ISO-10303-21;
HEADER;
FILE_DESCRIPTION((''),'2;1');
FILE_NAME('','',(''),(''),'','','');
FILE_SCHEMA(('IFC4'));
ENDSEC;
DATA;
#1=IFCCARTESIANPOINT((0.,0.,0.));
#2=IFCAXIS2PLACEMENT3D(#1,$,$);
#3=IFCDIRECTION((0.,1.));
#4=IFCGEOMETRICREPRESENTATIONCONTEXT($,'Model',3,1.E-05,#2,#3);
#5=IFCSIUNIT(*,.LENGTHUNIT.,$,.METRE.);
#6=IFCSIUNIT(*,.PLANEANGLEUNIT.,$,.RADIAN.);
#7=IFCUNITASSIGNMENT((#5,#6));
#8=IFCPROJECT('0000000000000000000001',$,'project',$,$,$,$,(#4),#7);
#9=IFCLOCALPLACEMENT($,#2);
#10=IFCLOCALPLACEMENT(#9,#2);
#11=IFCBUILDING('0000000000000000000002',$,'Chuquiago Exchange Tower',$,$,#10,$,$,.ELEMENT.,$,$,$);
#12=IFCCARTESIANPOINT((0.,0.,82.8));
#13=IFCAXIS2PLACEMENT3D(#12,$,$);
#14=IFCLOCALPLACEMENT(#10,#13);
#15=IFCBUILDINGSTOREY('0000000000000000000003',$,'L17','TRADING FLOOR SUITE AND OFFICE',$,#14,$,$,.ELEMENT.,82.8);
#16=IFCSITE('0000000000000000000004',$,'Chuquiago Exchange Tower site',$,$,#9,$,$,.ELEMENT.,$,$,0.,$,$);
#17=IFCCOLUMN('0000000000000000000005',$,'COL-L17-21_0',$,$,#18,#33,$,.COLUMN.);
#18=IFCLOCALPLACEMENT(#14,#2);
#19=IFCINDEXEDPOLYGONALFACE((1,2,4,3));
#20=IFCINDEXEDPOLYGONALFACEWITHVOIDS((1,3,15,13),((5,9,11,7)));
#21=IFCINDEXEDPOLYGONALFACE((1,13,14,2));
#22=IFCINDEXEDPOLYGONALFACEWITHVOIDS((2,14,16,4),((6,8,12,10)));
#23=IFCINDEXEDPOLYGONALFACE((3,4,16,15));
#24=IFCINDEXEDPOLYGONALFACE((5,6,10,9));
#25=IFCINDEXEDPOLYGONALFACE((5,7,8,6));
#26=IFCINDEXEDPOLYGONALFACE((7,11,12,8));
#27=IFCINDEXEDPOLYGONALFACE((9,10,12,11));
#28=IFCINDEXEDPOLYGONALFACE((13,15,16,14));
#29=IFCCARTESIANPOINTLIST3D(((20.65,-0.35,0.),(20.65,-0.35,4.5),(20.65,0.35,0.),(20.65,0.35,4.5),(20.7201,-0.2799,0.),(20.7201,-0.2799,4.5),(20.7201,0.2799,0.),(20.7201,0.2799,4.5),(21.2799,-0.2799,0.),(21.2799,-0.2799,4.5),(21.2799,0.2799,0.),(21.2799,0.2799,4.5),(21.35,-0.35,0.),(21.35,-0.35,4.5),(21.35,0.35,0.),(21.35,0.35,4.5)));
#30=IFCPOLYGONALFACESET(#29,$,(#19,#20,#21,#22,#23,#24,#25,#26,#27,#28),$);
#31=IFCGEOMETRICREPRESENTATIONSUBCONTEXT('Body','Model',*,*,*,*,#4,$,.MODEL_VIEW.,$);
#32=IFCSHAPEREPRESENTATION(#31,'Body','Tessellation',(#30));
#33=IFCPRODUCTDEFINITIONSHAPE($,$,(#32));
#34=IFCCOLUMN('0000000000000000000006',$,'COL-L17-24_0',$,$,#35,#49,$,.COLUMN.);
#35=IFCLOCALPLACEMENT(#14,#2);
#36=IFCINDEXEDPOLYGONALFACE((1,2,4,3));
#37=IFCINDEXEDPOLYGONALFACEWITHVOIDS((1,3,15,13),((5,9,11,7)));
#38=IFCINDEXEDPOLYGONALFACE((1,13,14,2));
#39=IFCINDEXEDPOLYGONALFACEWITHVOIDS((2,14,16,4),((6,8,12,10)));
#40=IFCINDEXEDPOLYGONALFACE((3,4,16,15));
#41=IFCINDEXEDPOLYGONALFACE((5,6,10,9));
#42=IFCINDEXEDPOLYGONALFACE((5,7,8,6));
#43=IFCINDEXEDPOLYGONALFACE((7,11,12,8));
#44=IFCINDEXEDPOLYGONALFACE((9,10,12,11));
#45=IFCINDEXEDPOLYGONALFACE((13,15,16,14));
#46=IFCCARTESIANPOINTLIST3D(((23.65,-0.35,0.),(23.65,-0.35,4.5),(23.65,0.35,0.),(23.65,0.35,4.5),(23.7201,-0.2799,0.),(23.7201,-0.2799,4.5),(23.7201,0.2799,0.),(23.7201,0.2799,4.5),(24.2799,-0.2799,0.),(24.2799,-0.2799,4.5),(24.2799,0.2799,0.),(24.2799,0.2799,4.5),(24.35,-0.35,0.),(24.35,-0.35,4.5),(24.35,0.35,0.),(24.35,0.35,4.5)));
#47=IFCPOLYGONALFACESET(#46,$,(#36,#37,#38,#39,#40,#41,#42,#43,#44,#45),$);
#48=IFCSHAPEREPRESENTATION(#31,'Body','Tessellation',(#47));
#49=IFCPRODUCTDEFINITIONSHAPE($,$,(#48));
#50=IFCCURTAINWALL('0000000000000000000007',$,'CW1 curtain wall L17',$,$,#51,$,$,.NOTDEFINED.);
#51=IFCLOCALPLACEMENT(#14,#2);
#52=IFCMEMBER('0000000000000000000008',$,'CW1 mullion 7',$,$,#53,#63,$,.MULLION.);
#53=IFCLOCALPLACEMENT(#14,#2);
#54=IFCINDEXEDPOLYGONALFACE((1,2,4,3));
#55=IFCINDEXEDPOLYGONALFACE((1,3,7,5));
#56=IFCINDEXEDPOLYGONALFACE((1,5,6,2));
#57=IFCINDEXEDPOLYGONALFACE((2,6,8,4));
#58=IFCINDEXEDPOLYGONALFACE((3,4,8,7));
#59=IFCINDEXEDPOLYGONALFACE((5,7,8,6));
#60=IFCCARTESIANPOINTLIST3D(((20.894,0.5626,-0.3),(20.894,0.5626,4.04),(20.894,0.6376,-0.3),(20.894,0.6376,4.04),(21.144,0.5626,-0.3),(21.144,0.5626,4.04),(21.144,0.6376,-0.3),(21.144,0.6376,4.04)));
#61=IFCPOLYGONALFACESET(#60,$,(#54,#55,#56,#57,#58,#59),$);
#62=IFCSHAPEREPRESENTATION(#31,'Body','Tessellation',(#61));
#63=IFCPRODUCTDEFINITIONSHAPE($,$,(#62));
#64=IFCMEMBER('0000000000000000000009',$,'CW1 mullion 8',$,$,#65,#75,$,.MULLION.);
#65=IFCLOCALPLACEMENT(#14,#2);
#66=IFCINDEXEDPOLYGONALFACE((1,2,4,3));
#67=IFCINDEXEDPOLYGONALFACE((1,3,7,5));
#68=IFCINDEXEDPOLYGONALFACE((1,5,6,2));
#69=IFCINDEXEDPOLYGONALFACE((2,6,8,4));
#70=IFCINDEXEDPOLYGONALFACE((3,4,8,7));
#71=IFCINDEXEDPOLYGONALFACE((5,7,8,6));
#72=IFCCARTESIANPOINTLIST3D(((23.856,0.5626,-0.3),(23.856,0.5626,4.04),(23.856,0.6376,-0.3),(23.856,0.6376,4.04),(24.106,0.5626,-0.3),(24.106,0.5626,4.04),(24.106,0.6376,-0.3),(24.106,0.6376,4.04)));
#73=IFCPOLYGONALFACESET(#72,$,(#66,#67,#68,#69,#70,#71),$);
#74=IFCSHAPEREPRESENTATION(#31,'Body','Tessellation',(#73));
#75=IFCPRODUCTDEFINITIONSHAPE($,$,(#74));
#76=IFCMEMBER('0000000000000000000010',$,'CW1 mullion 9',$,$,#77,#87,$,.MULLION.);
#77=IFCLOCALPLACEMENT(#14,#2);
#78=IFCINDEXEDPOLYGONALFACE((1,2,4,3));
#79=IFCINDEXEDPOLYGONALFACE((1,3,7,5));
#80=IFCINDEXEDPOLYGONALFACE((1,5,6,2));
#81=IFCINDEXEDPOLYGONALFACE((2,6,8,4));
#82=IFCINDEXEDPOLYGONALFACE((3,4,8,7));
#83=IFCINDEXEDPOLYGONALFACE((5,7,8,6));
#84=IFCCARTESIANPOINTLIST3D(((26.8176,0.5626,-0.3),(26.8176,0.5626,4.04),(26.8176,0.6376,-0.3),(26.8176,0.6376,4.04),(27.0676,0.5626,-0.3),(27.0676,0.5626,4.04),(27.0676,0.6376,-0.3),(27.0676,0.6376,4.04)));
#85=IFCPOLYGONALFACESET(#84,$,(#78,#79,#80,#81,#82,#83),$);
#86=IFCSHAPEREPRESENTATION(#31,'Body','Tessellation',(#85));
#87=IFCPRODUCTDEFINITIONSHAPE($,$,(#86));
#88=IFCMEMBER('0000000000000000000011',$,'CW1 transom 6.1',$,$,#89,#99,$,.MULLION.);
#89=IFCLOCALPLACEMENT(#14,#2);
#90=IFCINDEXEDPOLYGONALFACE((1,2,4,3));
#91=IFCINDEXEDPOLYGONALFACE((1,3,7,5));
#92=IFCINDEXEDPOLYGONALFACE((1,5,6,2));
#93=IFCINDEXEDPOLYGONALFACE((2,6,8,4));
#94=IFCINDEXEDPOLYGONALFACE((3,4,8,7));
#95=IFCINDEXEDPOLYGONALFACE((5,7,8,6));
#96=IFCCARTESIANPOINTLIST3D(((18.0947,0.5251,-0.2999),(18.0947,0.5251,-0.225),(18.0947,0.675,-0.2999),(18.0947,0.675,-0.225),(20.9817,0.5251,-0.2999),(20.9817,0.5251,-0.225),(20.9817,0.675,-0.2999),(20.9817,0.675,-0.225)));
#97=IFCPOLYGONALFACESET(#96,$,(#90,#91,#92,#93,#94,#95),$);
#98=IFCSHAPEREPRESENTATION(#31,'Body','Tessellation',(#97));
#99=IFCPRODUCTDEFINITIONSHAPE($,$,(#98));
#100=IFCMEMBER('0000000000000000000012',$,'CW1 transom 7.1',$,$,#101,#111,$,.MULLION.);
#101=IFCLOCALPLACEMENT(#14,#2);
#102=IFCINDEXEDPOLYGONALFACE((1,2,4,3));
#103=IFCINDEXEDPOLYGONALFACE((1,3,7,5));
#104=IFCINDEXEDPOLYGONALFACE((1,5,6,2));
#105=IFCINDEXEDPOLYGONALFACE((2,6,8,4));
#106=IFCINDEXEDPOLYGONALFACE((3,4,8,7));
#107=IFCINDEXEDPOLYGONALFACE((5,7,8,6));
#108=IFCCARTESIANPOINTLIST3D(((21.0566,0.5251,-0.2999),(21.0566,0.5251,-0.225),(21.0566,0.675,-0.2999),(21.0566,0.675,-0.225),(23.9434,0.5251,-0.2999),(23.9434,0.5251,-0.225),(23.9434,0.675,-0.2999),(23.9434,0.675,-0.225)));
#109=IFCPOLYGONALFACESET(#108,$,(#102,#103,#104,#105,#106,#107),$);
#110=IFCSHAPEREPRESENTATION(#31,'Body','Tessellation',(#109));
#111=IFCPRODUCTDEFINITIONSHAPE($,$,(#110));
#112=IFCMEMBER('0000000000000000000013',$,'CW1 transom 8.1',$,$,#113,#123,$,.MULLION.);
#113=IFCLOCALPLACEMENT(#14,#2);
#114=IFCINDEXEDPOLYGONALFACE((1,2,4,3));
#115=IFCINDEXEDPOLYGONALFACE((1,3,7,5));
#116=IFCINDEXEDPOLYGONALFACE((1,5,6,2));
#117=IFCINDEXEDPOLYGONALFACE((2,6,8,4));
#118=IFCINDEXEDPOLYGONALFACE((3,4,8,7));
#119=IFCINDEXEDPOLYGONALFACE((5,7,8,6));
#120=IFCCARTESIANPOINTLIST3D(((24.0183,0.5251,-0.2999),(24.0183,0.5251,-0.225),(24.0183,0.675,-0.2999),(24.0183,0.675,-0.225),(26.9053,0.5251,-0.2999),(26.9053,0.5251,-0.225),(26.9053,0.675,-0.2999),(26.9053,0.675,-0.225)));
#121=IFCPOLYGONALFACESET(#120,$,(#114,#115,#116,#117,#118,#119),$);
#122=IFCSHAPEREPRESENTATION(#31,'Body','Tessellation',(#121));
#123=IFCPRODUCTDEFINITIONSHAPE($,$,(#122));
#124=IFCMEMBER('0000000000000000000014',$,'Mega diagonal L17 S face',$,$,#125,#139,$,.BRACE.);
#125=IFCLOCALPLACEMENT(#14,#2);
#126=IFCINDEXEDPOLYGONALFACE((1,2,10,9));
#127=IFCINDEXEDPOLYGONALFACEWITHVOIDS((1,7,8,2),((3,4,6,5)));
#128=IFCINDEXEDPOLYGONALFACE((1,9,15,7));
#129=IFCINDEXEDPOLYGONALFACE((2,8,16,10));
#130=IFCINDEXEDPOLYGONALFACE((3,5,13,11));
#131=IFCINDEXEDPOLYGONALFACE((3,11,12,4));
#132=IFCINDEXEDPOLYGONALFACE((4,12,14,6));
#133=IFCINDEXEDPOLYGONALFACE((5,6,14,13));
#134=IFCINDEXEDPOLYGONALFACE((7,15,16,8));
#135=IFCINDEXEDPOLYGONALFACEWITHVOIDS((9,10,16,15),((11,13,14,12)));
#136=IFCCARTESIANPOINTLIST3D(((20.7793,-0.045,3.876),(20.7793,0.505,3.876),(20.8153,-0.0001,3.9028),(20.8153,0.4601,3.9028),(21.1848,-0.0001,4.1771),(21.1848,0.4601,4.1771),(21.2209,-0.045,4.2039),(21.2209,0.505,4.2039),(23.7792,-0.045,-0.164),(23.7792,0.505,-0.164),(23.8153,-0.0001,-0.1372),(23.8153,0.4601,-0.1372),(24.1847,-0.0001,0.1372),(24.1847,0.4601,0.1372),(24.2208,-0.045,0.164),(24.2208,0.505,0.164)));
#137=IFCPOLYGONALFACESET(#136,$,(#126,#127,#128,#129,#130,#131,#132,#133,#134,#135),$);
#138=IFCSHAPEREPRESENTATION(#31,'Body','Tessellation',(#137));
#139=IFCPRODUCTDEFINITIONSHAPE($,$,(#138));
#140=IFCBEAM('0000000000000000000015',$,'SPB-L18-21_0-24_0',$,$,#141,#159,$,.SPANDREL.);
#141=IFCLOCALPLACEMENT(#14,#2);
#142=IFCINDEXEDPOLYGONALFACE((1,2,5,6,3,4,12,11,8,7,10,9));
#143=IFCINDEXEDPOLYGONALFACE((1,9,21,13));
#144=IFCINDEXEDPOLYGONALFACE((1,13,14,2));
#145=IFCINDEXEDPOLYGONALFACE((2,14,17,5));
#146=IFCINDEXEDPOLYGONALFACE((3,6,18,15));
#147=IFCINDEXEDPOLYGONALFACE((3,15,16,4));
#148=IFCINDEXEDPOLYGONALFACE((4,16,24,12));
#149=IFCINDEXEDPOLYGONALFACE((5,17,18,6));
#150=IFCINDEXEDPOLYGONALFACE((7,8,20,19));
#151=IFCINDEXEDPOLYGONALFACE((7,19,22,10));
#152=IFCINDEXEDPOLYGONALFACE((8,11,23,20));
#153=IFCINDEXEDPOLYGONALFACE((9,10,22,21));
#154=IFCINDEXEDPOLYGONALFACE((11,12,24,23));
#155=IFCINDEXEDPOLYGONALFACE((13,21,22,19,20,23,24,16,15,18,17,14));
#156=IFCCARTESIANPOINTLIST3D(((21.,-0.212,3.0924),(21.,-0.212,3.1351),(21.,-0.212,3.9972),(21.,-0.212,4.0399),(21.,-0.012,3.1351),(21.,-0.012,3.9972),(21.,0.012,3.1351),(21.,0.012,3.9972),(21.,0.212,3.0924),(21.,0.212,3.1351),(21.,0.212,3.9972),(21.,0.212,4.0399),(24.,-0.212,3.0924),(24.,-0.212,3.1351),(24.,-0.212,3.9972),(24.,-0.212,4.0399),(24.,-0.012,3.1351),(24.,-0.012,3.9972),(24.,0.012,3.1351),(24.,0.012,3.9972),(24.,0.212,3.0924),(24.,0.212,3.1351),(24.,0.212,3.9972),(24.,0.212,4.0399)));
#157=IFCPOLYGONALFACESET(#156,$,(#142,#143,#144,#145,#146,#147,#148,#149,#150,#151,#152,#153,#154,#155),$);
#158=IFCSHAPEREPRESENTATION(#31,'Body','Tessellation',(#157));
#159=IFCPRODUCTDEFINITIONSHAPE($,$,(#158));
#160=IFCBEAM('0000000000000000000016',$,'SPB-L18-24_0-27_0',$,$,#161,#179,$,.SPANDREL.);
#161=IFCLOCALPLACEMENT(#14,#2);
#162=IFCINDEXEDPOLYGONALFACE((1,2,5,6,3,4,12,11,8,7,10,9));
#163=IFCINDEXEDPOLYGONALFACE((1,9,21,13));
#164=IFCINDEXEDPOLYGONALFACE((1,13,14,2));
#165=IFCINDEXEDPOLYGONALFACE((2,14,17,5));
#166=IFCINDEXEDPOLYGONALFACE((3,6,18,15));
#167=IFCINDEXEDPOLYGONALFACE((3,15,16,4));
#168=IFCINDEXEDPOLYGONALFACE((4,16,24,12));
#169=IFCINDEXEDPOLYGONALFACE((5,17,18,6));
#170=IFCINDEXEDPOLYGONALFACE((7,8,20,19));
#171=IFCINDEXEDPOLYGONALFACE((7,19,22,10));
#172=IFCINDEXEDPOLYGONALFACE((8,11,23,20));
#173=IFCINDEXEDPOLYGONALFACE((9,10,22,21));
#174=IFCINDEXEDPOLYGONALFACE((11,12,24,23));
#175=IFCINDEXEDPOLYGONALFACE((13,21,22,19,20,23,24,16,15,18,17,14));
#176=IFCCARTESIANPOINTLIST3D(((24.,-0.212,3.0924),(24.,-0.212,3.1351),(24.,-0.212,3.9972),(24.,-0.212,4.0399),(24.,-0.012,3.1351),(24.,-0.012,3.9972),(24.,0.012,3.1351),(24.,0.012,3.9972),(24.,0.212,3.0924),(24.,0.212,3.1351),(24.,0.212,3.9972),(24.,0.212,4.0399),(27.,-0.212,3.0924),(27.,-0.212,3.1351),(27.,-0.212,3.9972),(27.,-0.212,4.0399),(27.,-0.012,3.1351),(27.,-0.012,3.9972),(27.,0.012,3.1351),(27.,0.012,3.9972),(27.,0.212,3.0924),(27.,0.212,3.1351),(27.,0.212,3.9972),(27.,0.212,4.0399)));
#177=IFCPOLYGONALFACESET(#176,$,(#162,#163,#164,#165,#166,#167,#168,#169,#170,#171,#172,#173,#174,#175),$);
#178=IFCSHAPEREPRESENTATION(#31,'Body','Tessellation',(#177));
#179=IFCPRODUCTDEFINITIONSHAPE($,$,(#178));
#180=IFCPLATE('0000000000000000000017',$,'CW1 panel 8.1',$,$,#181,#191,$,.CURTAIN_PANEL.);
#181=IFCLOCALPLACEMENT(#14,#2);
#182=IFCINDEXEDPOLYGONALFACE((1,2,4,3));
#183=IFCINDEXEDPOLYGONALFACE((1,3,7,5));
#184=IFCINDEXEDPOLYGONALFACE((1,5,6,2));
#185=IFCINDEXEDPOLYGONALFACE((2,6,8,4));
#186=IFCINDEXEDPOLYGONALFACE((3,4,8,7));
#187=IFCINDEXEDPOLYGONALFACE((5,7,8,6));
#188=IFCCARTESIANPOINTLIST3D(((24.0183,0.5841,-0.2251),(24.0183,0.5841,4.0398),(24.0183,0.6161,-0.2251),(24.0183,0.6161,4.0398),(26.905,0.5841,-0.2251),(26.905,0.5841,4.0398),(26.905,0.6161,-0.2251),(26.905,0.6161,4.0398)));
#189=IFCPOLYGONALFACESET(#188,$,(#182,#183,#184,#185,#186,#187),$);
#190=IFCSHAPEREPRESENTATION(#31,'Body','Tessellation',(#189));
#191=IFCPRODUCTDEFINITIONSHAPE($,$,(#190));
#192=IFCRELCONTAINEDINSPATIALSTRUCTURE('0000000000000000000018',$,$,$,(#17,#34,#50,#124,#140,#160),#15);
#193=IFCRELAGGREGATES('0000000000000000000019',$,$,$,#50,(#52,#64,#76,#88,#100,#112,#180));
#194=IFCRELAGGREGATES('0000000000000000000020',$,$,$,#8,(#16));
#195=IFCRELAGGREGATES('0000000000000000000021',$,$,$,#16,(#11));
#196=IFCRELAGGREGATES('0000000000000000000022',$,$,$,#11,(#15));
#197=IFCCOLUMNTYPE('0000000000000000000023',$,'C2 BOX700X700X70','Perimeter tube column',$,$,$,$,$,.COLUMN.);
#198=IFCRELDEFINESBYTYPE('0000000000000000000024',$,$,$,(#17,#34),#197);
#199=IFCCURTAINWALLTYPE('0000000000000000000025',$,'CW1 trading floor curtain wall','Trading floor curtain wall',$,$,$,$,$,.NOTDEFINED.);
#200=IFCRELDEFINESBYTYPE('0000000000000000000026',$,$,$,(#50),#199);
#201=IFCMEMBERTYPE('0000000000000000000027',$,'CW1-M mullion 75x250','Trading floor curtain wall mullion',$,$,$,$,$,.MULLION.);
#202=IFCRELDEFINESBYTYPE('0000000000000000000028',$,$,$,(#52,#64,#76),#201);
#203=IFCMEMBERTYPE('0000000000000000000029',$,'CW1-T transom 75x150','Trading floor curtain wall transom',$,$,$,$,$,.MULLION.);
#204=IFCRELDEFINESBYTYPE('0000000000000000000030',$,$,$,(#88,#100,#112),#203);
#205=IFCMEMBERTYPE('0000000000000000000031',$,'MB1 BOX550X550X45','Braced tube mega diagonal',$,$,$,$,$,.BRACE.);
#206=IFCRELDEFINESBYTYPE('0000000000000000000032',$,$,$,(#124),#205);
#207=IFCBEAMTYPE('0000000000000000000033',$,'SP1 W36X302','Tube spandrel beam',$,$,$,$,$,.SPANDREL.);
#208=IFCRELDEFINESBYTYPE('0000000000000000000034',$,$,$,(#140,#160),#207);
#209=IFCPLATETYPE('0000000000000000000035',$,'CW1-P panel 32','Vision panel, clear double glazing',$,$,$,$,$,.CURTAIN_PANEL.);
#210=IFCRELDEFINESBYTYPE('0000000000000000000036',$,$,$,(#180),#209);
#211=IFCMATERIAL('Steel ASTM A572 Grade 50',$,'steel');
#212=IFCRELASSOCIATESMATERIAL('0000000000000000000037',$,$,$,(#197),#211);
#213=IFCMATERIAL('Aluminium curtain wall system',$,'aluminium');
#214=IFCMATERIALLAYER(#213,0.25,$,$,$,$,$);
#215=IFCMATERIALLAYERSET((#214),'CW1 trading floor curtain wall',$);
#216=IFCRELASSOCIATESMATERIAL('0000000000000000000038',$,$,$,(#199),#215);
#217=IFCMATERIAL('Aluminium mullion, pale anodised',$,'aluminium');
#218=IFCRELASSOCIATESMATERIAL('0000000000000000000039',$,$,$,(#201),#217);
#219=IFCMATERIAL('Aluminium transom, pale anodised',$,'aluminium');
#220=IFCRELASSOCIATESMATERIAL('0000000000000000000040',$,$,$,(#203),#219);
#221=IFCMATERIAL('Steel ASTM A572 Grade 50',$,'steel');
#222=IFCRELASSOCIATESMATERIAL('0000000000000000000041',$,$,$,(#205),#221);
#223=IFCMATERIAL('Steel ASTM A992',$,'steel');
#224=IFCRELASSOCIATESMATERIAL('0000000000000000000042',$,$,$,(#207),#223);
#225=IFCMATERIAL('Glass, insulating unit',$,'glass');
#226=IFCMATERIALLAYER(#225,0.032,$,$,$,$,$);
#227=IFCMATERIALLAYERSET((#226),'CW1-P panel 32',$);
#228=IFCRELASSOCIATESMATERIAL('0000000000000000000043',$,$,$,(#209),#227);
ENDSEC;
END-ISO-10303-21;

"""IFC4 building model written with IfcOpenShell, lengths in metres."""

from ifc_helpers import new_model, si_unit, direction, frame, origin, origin_2d, place, context, subcontext, project, spatial, rectangle, hollow_rectangle, i_section, extrude, material, layer, layer_set, material_profile, profile_set, type_object, element, aggregate, save


model = new_model("IFC4")

# Units and contexts
model_context = context("Model", 3, precision=1e-05, world=origin(), true_north=direction((0.0, 1.0)))
body_context = subcontext(model_context, "Body", "Model", "MODEL_VIEW")
ifc_project = project(units=[si_unit("LENGTHUNIT", "METRE"), si_unit("PLANEANGLEUNIT", "RADIAN")], contexts=[model_context])

# Site, building, storey
site_placement = place(None, origin())
site = spatial("IfcSite", under=ifc_project, at=site_placement, Name="Chuquiago Exchange Tower site", CompositionType="ELEMENT", RefElevation=0.0)
building_placement = place(site_placement, origin())
building = spatial("IfcBuilding", under=site, at=building_placement, Name="Chuquiago Exchange Tower", CompositionType="ELEMENT")
storey_placement = place(building_placement, frame((0.0, 0.0, 82.8)))
storey = spatial("IfcBuildingStorey", under=building, at=storey_placement, Name="L17", Description="TRADING FLOOR SUITE AND OFFICE", CompositionType="ELEMENT", Elevation=82.8)

# Columns
ifc_material_1 = material(Name="Steel ASTM A572 Grade 50", Category="steel")
ifc_material_profile_1 = material_profile(ifc_material_1, hollow_rectangle(XDim=0.7, YDim=0.7, WallThickness=0.0701, at=origin_2d()), Name="BOX700X700X70")
ifc_profile_set_1 = profile_set([ifc_material_profile_1], Name="Steel ASTM A572 Grade 50")
column_type = type_object("IfcColumnType", Name="C2 BOX700X700X70", Description="Perimeter tube column", PredefinedType="COLUMN", material=ifc_profile_set_1)
for number, where, z_axis, x_axis, name in (
    (1, (21.0, 0.0, 0.0), (0.0, 0.0, 1.0), (0.0, -1.0, 0.0), "COL-L17-21_0"),
    (2, (24.0, 0.0, 0.0), (0.0, 0.0, 1.0), (0.0, -1.0, 0.0), "COL-L17-24_0"),
):
    element("IfcColumn", number, at=place(storey_placement, frame(where, z_axis=z_axis, x_axis=x_axis)), inside=storey, type_object=column_type, Name=name, PredefinedType="COLUMN", context=body_context, shape_type="SweptSolid", body=[
        extrude(hollow_rectangle(XDim=0.7, YDim=0.7, WallThickness=0.0701, at=origin_2d()), origin(), (0.0, 0.0, 1.0), 4.5),
    ])

# Curtain wall, members
ifc_material_2 = material(Name="Aluminium curtain wall system", Category="aluminium")
ifc_layer_1 = layer(ifc_material_2, 0.25)
ifc_layer_set_1 = layer_set([ifc_layer_1], Name="CW1 trading floor curtain wall")
curtain_wall_type = type_object("IfcCurtainWallType", Name="CW1 trading floor curtain wall", Description="Trading floor curtain wall", PredefinedType="NOTDEFINED", material=ifc_layer_set_1)
curtain_wall_placement = place(storey_placement, origin())
curtain_wall = element("IfcCurtainWall", 3, at=curtain_wall_placement, inside=storey, type_object=curtain_wall_type, Name="CW1 curtain wall L17", PredefinedType="NOTDEFINED")
ifc_material_3 = material(Name="Aluminium mullion, pale anodised", Category="aluminium")
ifc_material_profile_2 = material_profile(ifc_material_3, rectangle(XDim=0.075, YDim=0.25, at=origin_2d()), Name="AL 75x250")
ifc_profile_set_2 = profile_set([ifc_material_profile_2], Name="Aluminium mullion, pale anodised")
member_type_1 = type_object("IfcMemberType", Name="CW1-M mullion 75x250", Description="Trading floor curtain wall mullion", PredefinedType="MULLION", material=ifc_profile_set_2)
member_1_placement = place(storey_placement, frame((21.019, 0.6001, -0.3), z_axis=(0.0, 0.0, 1.0), x_axis=(0.0, 1.0, 0.0)))
member_1 = element("IfcMember", 4, at=member_1_placement, type_object=member_type_1, Name="CW1 mullion 7", PredefinedType="MULLION", context=body_context, shape_type="SweptSolid", body=[
    extrude(rectangle(XDim=0.075, YDim=0.25, at=origin_2d()), origin(), (0.0, 0.0, 1.0), 4.3401),
])
member_2_placement = place(storey_placement, frame((23.981, 0.6001, -0.3), z_axis=(0.0, 0.0, 1.0), x_axis=(0.0, 1.0, 0.0)))
member_2 = element("IfcMember", 5, at=member_2_placement, type_object=member_type_1, Name="CW1 mullion 8", PredefinedType="MULLION", context=body_context, shape_type="SweptSolid", body=[
    extrude(rectangle(XDim=0.075, YDim=0.25, at=origin_2d()), origin(), (0.0, 0.0, 1.0), 4.3401),
])
member_3_placement = place(storey_placement, frame((26.9426, 0.6001, -0.3), z_axis=(0.0, 0.0, 1.0), x_axis=(0.0, 1.0, 0.0)))
member_3 = element("IfcMember", 6, at=member_3_placement, type_object=member_type_1, Name="CW1 mullion 9", PredefinedType="MULLION", context=body_context, shape_type="SweptSolid", body=[
    extrude(rectangle(XDim=0.075, YDim=0.25, at=origin_2d()), origin(), (0.0, 0.0, 1.0), 4.3401),
])
ifc_material_4 = material(Name="Aluminium transom, pale anodised", Category="aluminium")
ifc_material_profile_3 = material_profile(ifc_material_4, rectangle(XDim=0.1499, YDim=0.075, at=origin_2d()), Name="AL 150x75")
ifc_profile_set_3 = profile_set([ifc_material_profile_3], Name="Aluminium transom, pale anodised")
member_type_2 = type_object("IfcMemberType", Name="CW1-T transom 75x150", Description="Trading floor curtain wall transom", PredefinedType="MULLION", material=ifc_profile_set_3)
member_4_placement = place(storey_placement, frame((18.0947, 0.6001, -0.2625), z_axis=(1.0, 0.0, 0.0), x_axis=(0.0, 1.0, 0.0)))
member_4 = element("IfcMember", 7, at=member_4_placement, type_object=member_type_2, Name="CW1 transom 6.1", PredefinedType="MULLION", context=body_context, shape_type="SweptSolid", body=[
    extrude(rectangle(XDim=0.1499, YDim=0.075, at=origin_2d()), origin(), (0.0, 0.0, 1.0), 2.887),
])
member_5_placement = place(storey_placement, frame((21.0566, 0.6001, -0.2625), z_axis=(1.0, 0.0, 0.0), x_axis=(0.0, 1.0, 0.0)))
member_5 = element("IfcMember", 8, at=member_5_placement, type_object=member_type_2, Name="CW1 transom 7.1", PredefinedType="MULLION", context=body_context, shape_type="SweptSolid", body=[
    extrude(rectangle(XDim=0.1499, YDim=0.075, at=origin_2d()), origin(), (0.0, 0.0, 1.0), 2.8867),
])
member_6_placement = place(storey_placement, frame((24.0183, 0.6001, -0.2625), z_axis=(1.0, 0.0, 0.0), x_axis=(0.0, 1.0, 0.0)))
member_6 = element("IfcMember", 9, at=member_6_placement, type_object=member_type_2, Name="CW1 transom 8.1", PredefinedType="MULLION", context=body_context, shape_type="SweptSolid", body=[
    extrude(rectangle(XDim=0.1499, YDim=0.075, at=origin_2d()), origin(), (0.0, 0.0, 1.0), 2.887),
])

# Member
ifc_material_5 = material(Name="Steel ASTM A572 Grade 50", Category="steel")
ifc_material_profile_4 = material_profile(ifc_material_5, hollow_rectangle(XDim=0.55, YDim=0.55, WallThickness=0.0449, at=origin_2d()), Name="BOX550X550X45")
ifc_profile_set_4 = profile_set([ifc_material_profile_4], Name="Steel ASTM A572 Grade 50")
member_type_3 = type_object("IfcMemberType", Name="MB1 BOX550X550X45", Description="Braced tube mega diagonal", PredefinedType="BRACE", material=ifc_profile_set_4)
member_7_placement = place(storey_placement, frame((24.0, 0.23, 0.0), z_axis=(-0.596174, 0.0, 0.802855), x_axis=(0.0, -1.0, 0.0)))
element("IfcMember", 10, at=member_7_placement, inside=storey, type_object=member_type_3, Name="Mega diagonal L17 S face", PredefinedType="BRACE", context=body_context, shape_type="SweptSolid", body=[
    extrude(hollow_rectangle(XDim=0.55, YDim=0.55, WallThickness=0.0449, at=origin_2d()), origin(), (0.0, 0.0, 1.0), 5.032),
])

# Beams
ifc_material_6 = material(Name="Steel ASTM A992", Category="steel")
ifc_material_profile_5 = material_profile(ifc_material_6, i_section(OverallWidth=0.4241, OverallDepth=0.9475, WebThickness=0.0239, FlangeThickness=0.0427, at=origin_2d()), Name="W36X302")
ifc_profile_set_5 = profile_set([ifc_material_profile_5], Name="Steel ASTM A992")
beam_type = type_object("IfcBeamType", Name="SP1 W36X302", Description="Tube spandrel beam", PredefinedType="SPANDREL", material=ifc_profile_set_5)
for number, where, z_axis, x_axis, name in (
    (11, (21.0, 0.0, 3.5662), (1.0, 0.0, 0.0), (0.0, 1.0, 0.0), "SPB-L18-21_0-24_0"),
    (12, (24.0, 0.0, 3.5662), (1.0, 0.0, 0.0), (0.0, 1.0, 0.0), "SPB-L18-24_0-27_0"),
):
    element("IfcBeam", number, at=place(storey_placement, frame(where, z_axis=z_axis, x_axis=x_axis)), inside=storey, type_object=beam_type, Name=name, PredefinedType="SPANDREL", context=body_context, shape_type="SweptSolid", body=[
        extrude(i_section(OverallWidth=0.4241, OverallDepth=0.9475, WebThickness=0.0239, FlangeThickness=0.0427, at=origin_2d()), origin(), (0.0, 0.0, 1.0), 3.0),
    ])

# Plate
ifc_material_7 = material(Name="Glass, insulating unit", Category="glass")
ifc_layer_2 = layer(ifc_material_7, 0.032)
ifc_layer_set_2 = layer_set([ifc_layer_2], Name="CW1-P panel 32")
plate_type_1 = type_object("IfcPlateType", Name="CW1-P panel 32", Description="Vision panel, clear double glazing", PredefinedType="CURTAIN_PANEL", material=ifc_layer_set_2)
plate_1_placement = place(storey_placement, frame((25.4617, 0.6001, -0.2251), z_axis=(0.0, 0.0, 1.0), x_axis=(1.0, 0.0, 0.0)))
plate_1 = element("IfcPlate", 13, at=plate_1_placement, type_object=plate_type_1, Name="CW1 panel 8.1", PredefinedType="CURTAIN_PANEL", context=body_context, shape_type="SweptSolid", body=[
    extrude(rectangle(XDim=2.8867, YDim=0.032, at=origin_2d()), origin(), (0.0, 0.0, 1.0), 4.2649),
])
aggregate(curtain_wall, [member_1, member_2, member_3, member_4, member_5, member_6, plate_1])

save(model, "model.ifc")
